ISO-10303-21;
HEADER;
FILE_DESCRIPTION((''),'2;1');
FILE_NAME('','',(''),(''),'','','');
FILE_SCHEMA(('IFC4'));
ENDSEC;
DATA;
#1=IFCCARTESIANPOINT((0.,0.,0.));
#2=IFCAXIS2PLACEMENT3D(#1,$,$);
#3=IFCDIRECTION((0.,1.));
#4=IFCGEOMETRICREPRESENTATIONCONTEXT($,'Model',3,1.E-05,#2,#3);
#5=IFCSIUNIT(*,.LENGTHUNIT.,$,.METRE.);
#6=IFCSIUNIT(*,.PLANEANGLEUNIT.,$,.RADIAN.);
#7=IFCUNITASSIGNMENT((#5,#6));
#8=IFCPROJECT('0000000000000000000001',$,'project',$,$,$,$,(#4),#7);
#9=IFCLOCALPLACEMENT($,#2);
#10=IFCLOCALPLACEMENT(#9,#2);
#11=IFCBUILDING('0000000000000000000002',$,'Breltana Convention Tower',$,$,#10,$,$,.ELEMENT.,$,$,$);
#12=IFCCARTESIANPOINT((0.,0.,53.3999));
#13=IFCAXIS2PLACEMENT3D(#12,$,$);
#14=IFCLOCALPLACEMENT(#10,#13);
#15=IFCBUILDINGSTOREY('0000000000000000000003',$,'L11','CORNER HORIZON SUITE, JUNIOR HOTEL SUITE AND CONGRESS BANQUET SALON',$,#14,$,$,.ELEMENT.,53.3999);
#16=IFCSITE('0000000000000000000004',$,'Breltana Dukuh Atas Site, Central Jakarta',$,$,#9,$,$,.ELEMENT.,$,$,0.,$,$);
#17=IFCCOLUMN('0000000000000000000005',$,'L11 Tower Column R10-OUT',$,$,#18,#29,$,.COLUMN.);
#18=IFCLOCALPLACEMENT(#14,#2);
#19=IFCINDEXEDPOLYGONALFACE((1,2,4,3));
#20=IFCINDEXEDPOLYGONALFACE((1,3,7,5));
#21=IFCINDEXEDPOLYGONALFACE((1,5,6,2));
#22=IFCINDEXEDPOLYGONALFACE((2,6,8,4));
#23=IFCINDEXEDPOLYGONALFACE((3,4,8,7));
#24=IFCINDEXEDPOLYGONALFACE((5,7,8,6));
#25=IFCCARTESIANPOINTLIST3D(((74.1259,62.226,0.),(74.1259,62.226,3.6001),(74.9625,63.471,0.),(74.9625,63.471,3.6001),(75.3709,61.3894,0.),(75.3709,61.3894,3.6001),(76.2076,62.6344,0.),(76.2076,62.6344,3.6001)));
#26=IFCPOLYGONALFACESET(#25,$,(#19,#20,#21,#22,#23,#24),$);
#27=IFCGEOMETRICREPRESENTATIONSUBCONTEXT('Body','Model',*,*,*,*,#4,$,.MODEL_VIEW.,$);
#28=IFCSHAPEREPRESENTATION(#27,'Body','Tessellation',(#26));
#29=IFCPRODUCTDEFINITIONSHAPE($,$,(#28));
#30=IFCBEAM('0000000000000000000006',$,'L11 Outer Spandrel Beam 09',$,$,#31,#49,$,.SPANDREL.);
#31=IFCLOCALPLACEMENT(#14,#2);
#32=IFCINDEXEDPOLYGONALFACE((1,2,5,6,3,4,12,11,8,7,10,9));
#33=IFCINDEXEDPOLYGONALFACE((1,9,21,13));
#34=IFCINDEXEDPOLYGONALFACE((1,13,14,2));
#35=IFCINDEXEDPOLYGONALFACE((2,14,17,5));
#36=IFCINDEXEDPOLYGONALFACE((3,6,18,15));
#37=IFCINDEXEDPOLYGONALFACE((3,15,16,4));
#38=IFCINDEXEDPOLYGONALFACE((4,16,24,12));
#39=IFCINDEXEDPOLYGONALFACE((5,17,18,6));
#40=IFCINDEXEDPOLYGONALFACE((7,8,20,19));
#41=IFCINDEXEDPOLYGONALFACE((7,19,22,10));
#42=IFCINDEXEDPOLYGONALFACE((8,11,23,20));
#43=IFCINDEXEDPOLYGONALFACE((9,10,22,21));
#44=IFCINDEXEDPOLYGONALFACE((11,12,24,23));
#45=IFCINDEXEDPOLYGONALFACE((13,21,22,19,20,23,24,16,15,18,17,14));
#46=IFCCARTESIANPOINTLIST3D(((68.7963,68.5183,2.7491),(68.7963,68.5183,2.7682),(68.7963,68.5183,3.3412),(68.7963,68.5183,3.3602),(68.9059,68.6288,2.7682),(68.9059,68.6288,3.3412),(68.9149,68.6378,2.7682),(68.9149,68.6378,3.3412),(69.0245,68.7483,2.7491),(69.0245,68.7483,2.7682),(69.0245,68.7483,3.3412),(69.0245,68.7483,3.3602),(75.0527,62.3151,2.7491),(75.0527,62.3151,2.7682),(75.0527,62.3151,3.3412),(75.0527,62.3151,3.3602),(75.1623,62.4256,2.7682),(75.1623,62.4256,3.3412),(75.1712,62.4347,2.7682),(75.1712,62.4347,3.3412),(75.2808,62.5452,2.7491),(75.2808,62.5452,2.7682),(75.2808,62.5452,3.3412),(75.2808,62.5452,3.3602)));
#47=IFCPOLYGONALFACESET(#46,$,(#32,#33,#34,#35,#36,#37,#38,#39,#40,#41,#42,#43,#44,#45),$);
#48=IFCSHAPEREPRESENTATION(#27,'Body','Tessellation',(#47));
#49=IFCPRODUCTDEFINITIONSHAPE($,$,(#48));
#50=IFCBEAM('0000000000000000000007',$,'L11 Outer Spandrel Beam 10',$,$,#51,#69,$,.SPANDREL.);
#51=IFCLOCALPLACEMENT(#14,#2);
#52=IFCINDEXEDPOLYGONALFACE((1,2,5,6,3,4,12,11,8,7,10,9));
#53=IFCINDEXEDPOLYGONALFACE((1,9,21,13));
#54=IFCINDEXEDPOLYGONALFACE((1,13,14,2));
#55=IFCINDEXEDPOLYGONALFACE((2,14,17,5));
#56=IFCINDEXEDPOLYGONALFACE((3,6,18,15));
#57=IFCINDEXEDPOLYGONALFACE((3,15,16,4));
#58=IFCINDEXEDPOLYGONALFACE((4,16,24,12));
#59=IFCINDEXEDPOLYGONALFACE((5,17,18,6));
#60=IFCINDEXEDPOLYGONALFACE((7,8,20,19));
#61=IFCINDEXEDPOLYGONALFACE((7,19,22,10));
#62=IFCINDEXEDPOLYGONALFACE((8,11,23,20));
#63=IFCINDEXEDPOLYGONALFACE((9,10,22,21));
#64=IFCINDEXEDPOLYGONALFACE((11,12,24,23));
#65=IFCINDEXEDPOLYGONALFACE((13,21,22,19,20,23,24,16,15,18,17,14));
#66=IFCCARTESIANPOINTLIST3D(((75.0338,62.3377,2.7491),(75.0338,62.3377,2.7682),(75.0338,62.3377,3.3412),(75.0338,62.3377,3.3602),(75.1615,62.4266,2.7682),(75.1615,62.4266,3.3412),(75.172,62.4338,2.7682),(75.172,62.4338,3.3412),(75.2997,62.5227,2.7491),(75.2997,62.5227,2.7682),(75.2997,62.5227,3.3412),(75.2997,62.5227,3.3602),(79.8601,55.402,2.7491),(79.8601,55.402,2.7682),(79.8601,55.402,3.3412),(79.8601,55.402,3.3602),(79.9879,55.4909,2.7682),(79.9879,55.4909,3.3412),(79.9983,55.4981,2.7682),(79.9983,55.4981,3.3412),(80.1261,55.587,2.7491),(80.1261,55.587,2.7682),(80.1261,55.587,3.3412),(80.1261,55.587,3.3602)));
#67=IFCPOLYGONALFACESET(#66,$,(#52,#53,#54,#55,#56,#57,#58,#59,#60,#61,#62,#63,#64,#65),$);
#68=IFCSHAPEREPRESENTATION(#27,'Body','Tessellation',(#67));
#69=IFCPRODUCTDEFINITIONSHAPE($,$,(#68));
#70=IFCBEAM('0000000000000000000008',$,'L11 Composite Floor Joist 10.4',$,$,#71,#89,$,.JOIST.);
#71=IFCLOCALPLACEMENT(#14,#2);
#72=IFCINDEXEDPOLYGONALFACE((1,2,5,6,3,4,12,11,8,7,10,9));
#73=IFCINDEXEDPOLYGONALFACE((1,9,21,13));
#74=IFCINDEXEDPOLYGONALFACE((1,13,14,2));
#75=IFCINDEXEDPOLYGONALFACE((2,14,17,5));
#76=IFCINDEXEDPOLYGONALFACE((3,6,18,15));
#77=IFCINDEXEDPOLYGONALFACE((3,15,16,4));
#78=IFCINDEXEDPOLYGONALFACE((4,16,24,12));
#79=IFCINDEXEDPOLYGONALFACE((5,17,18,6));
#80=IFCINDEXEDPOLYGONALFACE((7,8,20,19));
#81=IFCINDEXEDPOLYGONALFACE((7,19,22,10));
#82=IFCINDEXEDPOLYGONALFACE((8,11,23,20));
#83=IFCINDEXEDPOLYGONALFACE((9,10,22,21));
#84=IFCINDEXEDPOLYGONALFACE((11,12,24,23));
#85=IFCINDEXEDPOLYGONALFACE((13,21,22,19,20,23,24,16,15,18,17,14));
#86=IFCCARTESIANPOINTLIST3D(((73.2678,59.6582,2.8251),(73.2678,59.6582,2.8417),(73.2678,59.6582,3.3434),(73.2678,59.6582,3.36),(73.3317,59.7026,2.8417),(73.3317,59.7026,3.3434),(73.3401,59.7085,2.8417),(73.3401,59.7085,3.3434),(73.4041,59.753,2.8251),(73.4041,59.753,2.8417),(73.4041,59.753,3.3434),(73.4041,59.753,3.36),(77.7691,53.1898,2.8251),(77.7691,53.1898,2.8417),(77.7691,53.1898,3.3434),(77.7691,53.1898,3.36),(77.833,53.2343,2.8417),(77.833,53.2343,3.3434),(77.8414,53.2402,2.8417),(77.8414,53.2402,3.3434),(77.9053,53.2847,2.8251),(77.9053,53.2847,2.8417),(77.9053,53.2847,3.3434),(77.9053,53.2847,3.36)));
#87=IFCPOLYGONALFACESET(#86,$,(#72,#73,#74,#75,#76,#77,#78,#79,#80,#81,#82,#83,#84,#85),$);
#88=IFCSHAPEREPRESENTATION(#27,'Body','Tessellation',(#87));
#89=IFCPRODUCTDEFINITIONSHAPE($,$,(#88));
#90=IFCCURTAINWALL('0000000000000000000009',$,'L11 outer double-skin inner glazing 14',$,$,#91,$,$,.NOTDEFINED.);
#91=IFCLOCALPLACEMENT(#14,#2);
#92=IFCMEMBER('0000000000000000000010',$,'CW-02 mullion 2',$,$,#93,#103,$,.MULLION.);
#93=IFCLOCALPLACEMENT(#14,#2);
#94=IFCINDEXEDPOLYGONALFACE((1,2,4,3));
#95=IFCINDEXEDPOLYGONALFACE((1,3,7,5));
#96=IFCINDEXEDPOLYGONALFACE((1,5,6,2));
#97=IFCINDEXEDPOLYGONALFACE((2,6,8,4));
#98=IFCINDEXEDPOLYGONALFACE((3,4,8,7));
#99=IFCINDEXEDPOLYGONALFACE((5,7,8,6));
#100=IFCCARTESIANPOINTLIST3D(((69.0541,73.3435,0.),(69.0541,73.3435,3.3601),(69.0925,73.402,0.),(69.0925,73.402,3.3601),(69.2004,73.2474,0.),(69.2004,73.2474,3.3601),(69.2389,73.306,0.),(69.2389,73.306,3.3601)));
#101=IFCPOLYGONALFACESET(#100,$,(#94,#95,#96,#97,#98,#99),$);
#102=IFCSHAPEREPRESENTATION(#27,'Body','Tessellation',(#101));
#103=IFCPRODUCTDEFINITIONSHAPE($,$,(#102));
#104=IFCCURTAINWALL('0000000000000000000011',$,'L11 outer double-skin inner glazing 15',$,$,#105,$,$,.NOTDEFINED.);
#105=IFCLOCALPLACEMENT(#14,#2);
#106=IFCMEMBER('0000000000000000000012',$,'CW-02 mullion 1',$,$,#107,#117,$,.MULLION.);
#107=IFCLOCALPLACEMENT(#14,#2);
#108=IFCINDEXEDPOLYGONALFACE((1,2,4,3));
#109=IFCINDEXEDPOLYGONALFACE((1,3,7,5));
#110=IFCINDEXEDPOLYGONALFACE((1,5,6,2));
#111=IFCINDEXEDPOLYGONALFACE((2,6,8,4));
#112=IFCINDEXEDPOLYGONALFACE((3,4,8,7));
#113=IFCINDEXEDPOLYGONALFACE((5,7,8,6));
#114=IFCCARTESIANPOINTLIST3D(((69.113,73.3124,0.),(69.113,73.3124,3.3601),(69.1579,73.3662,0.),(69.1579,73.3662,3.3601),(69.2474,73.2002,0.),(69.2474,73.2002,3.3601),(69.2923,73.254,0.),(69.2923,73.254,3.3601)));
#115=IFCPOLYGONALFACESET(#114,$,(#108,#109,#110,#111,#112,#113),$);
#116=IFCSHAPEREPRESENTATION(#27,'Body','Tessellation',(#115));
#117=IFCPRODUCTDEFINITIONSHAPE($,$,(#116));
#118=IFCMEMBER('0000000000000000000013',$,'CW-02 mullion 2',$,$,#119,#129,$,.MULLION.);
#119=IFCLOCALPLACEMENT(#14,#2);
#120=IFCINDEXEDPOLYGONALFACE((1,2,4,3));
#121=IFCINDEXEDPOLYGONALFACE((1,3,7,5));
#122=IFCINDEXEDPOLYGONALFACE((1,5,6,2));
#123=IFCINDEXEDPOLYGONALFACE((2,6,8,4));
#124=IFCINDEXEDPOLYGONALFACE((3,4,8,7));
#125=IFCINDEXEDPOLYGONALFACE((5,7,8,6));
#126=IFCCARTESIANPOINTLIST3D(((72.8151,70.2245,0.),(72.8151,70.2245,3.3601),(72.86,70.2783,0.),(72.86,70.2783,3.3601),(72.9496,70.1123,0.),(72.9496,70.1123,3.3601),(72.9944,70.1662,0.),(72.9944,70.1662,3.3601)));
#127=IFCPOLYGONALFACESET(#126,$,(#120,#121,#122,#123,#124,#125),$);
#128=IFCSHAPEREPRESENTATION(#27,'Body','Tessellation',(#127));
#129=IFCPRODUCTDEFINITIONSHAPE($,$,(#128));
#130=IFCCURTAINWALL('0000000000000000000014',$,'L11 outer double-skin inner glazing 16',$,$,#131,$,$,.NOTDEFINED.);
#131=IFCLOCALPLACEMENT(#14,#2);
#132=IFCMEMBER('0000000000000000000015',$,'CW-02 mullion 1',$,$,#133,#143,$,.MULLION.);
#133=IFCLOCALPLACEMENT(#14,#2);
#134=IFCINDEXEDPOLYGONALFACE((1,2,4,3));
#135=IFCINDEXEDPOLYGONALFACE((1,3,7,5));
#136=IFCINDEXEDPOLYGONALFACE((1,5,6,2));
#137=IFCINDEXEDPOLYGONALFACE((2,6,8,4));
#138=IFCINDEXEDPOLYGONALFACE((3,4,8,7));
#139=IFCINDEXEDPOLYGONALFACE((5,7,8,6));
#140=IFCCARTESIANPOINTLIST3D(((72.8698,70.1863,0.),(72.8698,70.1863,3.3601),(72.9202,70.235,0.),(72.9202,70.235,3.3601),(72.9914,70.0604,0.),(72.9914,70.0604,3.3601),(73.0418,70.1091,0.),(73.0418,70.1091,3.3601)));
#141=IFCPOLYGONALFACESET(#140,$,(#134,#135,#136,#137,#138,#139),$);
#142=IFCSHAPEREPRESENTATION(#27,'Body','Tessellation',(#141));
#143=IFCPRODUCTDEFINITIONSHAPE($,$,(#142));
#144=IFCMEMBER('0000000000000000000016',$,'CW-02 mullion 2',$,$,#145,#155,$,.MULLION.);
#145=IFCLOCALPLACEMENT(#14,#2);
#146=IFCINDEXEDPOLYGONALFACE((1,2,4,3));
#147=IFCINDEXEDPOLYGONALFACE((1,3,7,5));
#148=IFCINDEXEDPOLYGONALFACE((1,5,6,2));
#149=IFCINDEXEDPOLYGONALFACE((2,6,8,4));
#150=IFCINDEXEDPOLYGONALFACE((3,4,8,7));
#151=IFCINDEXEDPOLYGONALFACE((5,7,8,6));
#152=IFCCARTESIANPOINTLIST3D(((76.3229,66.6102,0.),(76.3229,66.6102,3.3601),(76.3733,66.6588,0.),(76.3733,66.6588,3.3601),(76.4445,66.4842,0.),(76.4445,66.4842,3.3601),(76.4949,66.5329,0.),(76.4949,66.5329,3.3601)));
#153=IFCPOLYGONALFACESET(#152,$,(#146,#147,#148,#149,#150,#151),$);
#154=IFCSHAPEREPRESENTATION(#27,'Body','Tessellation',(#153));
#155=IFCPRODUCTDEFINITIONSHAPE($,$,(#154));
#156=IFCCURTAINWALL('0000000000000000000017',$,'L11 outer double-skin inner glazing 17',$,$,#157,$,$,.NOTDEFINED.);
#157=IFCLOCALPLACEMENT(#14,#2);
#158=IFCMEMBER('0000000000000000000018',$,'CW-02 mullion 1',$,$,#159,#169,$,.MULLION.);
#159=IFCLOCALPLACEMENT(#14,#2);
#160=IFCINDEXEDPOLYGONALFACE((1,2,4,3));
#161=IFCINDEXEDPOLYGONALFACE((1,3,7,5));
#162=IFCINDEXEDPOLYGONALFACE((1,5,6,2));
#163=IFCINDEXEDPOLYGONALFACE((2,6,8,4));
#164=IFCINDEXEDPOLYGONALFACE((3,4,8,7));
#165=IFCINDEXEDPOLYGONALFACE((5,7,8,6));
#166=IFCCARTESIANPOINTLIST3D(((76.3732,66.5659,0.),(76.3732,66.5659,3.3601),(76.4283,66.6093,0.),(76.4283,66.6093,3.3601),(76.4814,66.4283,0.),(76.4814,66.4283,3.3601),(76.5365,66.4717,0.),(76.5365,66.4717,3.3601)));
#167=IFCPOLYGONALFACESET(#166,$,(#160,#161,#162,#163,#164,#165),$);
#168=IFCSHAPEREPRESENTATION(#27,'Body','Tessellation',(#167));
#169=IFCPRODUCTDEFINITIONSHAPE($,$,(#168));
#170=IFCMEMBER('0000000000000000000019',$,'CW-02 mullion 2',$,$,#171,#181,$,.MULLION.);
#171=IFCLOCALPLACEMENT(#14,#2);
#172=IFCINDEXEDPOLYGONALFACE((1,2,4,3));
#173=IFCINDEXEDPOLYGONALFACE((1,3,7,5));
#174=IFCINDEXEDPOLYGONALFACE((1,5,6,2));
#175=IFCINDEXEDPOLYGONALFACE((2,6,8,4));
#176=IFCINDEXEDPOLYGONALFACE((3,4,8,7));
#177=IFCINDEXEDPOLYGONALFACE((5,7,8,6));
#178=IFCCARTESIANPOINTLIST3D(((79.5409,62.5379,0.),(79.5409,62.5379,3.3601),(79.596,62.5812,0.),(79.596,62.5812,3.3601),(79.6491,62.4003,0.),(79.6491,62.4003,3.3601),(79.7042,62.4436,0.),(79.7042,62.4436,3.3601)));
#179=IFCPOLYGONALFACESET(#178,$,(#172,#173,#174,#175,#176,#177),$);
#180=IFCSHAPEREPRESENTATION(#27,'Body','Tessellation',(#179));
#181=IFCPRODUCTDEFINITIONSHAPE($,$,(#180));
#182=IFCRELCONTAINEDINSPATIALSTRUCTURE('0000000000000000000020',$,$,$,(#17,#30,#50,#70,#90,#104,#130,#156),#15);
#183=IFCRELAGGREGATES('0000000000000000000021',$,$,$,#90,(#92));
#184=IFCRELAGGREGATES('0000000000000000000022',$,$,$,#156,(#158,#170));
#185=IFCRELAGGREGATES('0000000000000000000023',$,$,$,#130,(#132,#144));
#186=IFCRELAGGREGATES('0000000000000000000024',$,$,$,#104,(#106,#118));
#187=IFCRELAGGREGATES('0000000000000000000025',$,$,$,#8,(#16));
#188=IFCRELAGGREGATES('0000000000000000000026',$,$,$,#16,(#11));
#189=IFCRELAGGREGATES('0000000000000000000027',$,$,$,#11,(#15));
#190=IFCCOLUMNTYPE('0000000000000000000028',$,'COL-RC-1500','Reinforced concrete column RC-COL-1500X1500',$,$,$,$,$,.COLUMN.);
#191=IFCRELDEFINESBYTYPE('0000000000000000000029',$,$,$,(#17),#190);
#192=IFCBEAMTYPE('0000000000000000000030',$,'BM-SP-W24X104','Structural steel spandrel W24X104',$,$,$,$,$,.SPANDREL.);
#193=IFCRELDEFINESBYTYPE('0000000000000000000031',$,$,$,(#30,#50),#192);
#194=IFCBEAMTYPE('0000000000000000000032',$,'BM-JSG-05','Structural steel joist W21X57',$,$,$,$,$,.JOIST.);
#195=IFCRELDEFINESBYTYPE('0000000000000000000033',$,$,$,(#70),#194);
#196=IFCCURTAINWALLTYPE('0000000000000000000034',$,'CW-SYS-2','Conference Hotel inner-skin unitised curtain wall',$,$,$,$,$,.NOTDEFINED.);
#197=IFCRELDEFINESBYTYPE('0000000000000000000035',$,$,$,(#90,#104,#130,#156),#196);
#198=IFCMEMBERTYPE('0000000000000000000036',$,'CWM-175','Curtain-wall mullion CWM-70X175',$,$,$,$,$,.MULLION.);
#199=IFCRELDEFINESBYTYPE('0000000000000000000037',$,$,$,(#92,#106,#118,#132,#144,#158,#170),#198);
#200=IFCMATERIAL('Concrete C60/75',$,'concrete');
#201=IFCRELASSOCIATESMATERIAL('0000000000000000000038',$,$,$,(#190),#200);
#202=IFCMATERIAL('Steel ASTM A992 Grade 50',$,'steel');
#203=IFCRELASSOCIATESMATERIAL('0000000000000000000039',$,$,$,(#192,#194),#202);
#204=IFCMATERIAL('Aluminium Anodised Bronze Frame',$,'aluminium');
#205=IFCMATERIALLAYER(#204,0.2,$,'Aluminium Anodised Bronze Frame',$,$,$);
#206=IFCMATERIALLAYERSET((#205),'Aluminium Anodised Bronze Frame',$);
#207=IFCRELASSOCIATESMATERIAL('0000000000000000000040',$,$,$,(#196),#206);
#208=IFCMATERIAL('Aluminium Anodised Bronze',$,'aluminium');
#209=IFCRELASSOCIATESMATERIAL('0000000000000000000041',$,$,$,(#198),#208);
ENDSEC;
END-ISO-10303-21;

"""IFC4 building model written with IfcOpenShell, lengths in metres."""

from ifc_helpers import new_model, si_unit, direction, frame, origin, origin_2d, place, context, subcontext, project, spatial, rectangle, i_section, extrude, source, transform, mapped, material, layer, layer_set, material_profile, profile_set, type_object, type_shapes, element, aggregate, save


model = new_model("IFC4")

# Units and contexts
model_context = context("Model", 3, precision=1e-05, world=origin(), true_north=direction((0.0, 1.0)))
body_context = subcontext(model_context, "Body", "Model", "MODEL_VIEW")
ifc_project = project(units=[si_unit("LENGTHUNIT", "METRE"), si_unit("PLANEANGLEUNIT", "RADIAN")], contexts=[model_context])

# Site, building, storey
site_placement = place(None, origin())
site = spatial("IfcSite", under=ifc_project, at=site_placement, Name="Breltana Dukuh Atas Site, Central Jakarta", CompositionType="ELEMENT", RefElevation=0.0)
building_placement = place(site_placement, origin())
building = spatial("IfcBuilding", under=site, at=building_placement, Name="Breltana Convention Tower", CompositionType="ELEMENT")
storey_placement = place(building_placement, frame((0.0, 0.0, 53.3999)))
storey = spatial("IfcBuildingStorey", under=building, at=storey_placement, Name="L11", Description="CORNER HORIZON SUITE, JUNIOR HOTEL SUITE AND CONGRESS BANQUET SALON", CompositionType="ELEMENT", Elevation=53.3999)

# Column
ifc_material_1 = material(Name="Concrete C60/75", Category="concrete")
ifc_material_profile_1 = material_profile(ifc_material_1, rectangle(XDim=1.5, YDim=1.5, at=origin_2d()), Name="RC-COL-1500X1500")
ifc_profile_set_1 = profile_set([ifc_material_profile_1], Name="Concrete C60/75")
column_type = type_object("IfcColumnType", Name="COL-RC-1500", Description="Reinforced concrete column RC-COL-1500X1500", PredefinedType="COLUMN", material=ifc_profile_set_1)
shared_shape_1 = source(origin(), body_context, "Body", "SweptSolid", [
    extrude(rectangle(XDim=1.5, YDim=1.5, at=origin_2d()), origin(), (0.0, 0.0, 1.0), 3.6001),
])
column_placement = place(storey_placement, frame((75.1667, 62.4302, 0.0), z_axis=(0.0, 0.0, 1.0), x_axis=(0.557745, 0.830012, 0.0)))
element("IfcColumn", 1, at=column_placement, inside=storey, type_object=column_type, Name="L11 Tower Column R10-OUT", PredefinedType="COLUMN", context=body_context, shape_type="MappedRepresentation", body=[
    mapped(shared_shape_1, transform((0.0, 0.0, 0.0), scale=1.0)),
])

# Beams
ifc_material_2 = material(Name="Steel ASTM A992 Grade 50", Category="steel")
ifc_material_profile_2 = material_profile(ifc_material_2, i_section(OverallWidth=0.324, OverallDepth=0.6111, WebThickness=0.0127, FlangeThickness=0.019, at=origin_2d()), Name="W24X104")
ifc_profile_set_2 = profile_set([ifc_material_profile_2], Name="Steel ASTM A992 Grade 50")
beam_type_1 = type_object("IfcBeamType", Name="BM-SP-W24X104", Description="Structural steel spandrel W24X104", PredefinedType="SPANDREL", material=ifc_profile_set_2)
shared_shape_2 = source(origin(), body_context, "Body", "SweptSolid", [
    extrude(i_section(OverallWidth=0.324, OverallDepth=0.6111, WebThickness=0.0127, FlangeThickness=0.019, at=origin_2d()), origin(), (0.0, 0.0, 1.0), 8.8103),
])
beam_1_placement = place(storey_placement, frame((68.9104, 68.6333, 3.0547), z_axis=(0.710121, -0.70408, 0.0), x_axis=(0.70408, 0.710121, 0.0)))
element("IfcBeam", 2, at=beam_1_placement, inside=storey, type_object=beam_type_1, Name="L11 Outer Spandrel Beam 09", PredefinedType="SPANDREL", context=body_context, shape_type="MappedRepresentation", body=[
    mapped(shared_shape_2, transform((0.0, 0.0, 0.0), scale=1.0)),
])
shared_shape_3 = source(origin(), body_context, "Body", "SweptSolid", [
    extrude(i_section(OverallWidth=0.324, OverallDepth=0.6111, WebThickness=0.0127, FlangeThickness=0.019, at=origin_2d()), origin(), (0.0, 0.0, 1.0), 8.4497),
])
beam_2_placement = place(storey_placement, frame((75.1667, 62.4302, 3.0547), z_axis=(0.571186, -0.820821, 0.0), x_axis=(0.820821, 0.571186, 0.0)))
element("IfcBeam", 3, at=beam_2_placement, inside=storey, type_object=beam_type_1, Name="L11 Outer Spandrel Beam 10", PredefinedType="SPANDREL", context=body_context, shape_type="MappedRepresentation", body=[
    mapped(shared_shape_3, transform((0.0, 0.0, 0.0), scale=1.0)),
])
ifc_material_profile_3 = material_profile(ifc_material_2, i_section(OverallWidth=0.166, OverallDepth=0.5349, WebThickness=0.0103, FlangeThickness=0.0166, at=origin_2d()), Name="W21X57")
ifc_profile_set_3 = profile_set([ifc_material_profile_3], Name="Steel ASTM A992 Grade 50")
beam_type_2 = type_object("IfcBeamType", Name="BM-JSG-05", Description="Structural steel joist W21X57", PredefinedType="JOIST", material=ifc_profile_set_3)
shared_shape_4 = source(origin(), body_context, "Body", "SweptSolid", [
    extrude(i_section(OverallWidth=0.166, OverallDepth=0.5349, WebThickness=0.0103, FlangeThickness=0.0166, at=origin_2d()), origin(), (0.0, 0.0, 1.0), 7.8804),
])
beam_3_placement = place(storey_placement, frame((73.3359, 59.7056, 3.0925), z_axis=(0.571198, -0.820812, 0.0), x_axis=(0.820812, 0.571198, 0.0)))
element("IfcBeam", 4, at=beam_3_placement, inside=storey, type_object=beam_type_2, Name="L11 Composite Floor Joist 10.4", PredefinedType="JOIST", context=body_context, shape_type="MappedRepresentation", body=[
    mapped(shared_shape_4, transform((0.0, 0.0, 0.0), scale=1.0)),
])

# Curtain wall, member
ifc_material_3 = material(Name="Aluminium Anodised Bronze Frame", Category="aluminium")
ifc_layer_1 = layer(ifc_material_3, 0.2, Name="Aluminium Anodised Bronze Frame")
ifc_layer_set_1 = layer_set([ifc_layer_1], Name="Aluminium Anodised Bronze Frame")
curtain_wall_type = type_object("IfcCurtainWallType", Name="CW-SYS-2", Description="Conference Hotel inner-skin unitised curtain wall", PredefinedType="NOTDEFINED", material=ifc_layer_set_1)
curtain_wall_1_placement = place(storey_placement, origin())
curtain_wall_1 = element("IfcCurtainWall", 5, at=curtain_wall_1_placement, inside=storey, type_object=curtain_wall_type, Name="L11 outer double-skin inner glazing 14", PredefinedType="NOTDEFINED")
ifc_material_4 = material(Name="Aluminium Anodised Bronze", Category="aluminium")
ifc_material_profile_4 = material_profile(ifc_material_4, rectangle(XDim=0.0701, YDim=0.175, at=origin_2d()), Name="CWM-70X175")
ifc_profile_set_4 = profile_set([ifc_material_profile_4], Name="Aluminium Anodised Bronze")
member_type_1 = type_object("IfcMemberType", Name="CWM-175", Description="Curtain-wall mullion CWM-70X175", PredefinedType="MULLION", material=ifc_profile_set_4)
shared_shape_5 = source(origin(), body_context, "Body", "SweptSolid", [
    extrude(rectangle(XDim=0.0701, YDim=0.175, at=origin_2d()), origin(), (0.0, 0.0, 1.0), 3.3601),
])
type_shapes(member_type_1, [shared_shape_5])
member_1_placement = place(storey_placement, frame((69.1465, 73.3247, 0.0), z_axis=(0.0, 0.0, 1.0), x_axis=(0.548784, 0.835964, 0.0)))
member_1 = element("IfcMember", 6, at=member_1_placement, type_object=member_type_1, Name="CW-02 mullion 2", PredefinedType="MULLION", context=body_context, shape_type="MappedRepresentation", body=[
    mapped(shared_shape_5, transform((0.0, 0.0, 0.0), scale=1.0)),
])
aggregate(curtain_wall_1, [member_1])

# Curtain walls, members
curtain_wall_2_placement = place(storey_placement, origin())
curtain_wall_2 = element("IfcCurtainWall", 7, at=curtain_wall_2_placement, inside=storey, type_object=curtain_wall_type, Name="L11 outer double-skin inner glazing 15", PredefinedType="NOTDEFINED")
member_2_placement = place(storey_placement, frame((69.2026, 73.2832, 0.0), z_axis=(0.0, 0.0, 1.0), x_axis=(0.64052, 0.767941, 0.0)))
member_2 = element("IfcMember", 8, at=member_2_placement, type_object=member_type_1, Name="CW-02 mullion 1", PredefinedType="MULLION", context=body_context, shape_type="MappedRepresentation", body=[
    mapped(shared_shape_5, transform((0.0, 0.0, 0.0), scale=1.0)),
])
member_3_placement = place(storey_placement, frame((72.9048, 70.1953, 0.0), z_axis=(0.0, 0.0, 1.0), x_axis=(0.64052, 0.767941, 0.0)))
member_3 = element("IfcMember", 9, at=member_3_placement, type_object=member_type_1, Name="CW-02 mullion 2", PredefinedType="MULLION", context=body_context, shape_type="MappedRepresentation", body=[
    mapped(shared_shape_5, transform((0.0, 0.0, 0.0), scale=1.0)),
])
curtain_wall_3_placement = place(storey_placement, origin())
curtain_wall_3 = element("IfcCurtainWall", 10, at=curtain_wall_3_placement, inside=storey, type_object=curtain_wall_type, Name="L11 outer double-skin inner glazing 16", PredefinedType="NOTDEFINED")
member_4_placement = place(storey_placement, frame((72.9558, 70.1477, 0.0), z_axis=(0.0, 0.0, 1.0), x_axis=(0.719386, 0.69461, 0.0)))
member_4 = element("IfcMember", 11, at=member_4_placement, type_object=member_type_1, Name="CW-02 mullion 1", PredefinedType="MULLION", context=body_context, shape_type="MappedRepresentation", body=[
    mapped(shared_shape_5, transform((0.0, 0.0, 0.0), scale=1.0)),
])
member_5_placement = place(storey_placement, frame((76.4089, 66.5715, 0.0), z_axis=(0.0, 0.0, 1.0), x_axis=(0.719386, 0.69461, 0.0)))
member_5 = element("IfcMember", 12, at=member_5_placement, type_object=member_type_1, Name="CW-02 mullion 2", PredefinedType="MULLION", context=body_context, shape_type="MappedRepresentation", body=[
    mapped(shared_shape_5, transform((0.0, 0.0, 0.0), scale=1.0)),
])
curtain_wall_4_placement = place(storey_placement, origin())
curtain_wall_4 = element("IfcCurtainWall", 13, at=curtain_wall_4_placement, inside=storey, type_object=curtain_wall_type, Name="L11 outer double-skin inner glazing 17", PredefinedType="NOTDEFINED")
member_6_placement = place(storey_placement, frame((76.4548, 66.5188, 0.0), z_axis=(0.0, 0.0, 1.0), x_axis=(0.786057, 0.618154, 0.0)))
member_6 = element("IfcMember", 14, at=member_6_placement, type_object=member_type_1, Name="CW-02 mullion 1", PredefinedType="MULLION", context=body_context, shape_type="MappedRepresentation", body=[
    mapped(shared_shape_5, transform((0.0, 0.0, 0.0), scale=1.0)),
])
member_7_placement = place(storey_placement, frame((79.6226, 62.4907, 0.0), z_axis=(0.0, 0.0, 1.0), x_axis=(0.786057, 0.618154, 0.0)))
member_7 = element("IfcMember", 15, at=member_7_placement, type_object=member_type_1, Name="CW-02 mullion 2", PredefinedType="MULLION", context=body_context, shape_type="MappedRepresentation", body=[
    mapped(shared_shape_5, transform((0.0, 0.0, 0.0), scale=1.0)),
])

aggregate(curtain_wall_4, [member_6, member_7])
aggregate(curtain_wall_3, [member_4, member_5])
aggregate(curtain_wall_2, [member_2, member_3])

save(model, "model.ifc")
